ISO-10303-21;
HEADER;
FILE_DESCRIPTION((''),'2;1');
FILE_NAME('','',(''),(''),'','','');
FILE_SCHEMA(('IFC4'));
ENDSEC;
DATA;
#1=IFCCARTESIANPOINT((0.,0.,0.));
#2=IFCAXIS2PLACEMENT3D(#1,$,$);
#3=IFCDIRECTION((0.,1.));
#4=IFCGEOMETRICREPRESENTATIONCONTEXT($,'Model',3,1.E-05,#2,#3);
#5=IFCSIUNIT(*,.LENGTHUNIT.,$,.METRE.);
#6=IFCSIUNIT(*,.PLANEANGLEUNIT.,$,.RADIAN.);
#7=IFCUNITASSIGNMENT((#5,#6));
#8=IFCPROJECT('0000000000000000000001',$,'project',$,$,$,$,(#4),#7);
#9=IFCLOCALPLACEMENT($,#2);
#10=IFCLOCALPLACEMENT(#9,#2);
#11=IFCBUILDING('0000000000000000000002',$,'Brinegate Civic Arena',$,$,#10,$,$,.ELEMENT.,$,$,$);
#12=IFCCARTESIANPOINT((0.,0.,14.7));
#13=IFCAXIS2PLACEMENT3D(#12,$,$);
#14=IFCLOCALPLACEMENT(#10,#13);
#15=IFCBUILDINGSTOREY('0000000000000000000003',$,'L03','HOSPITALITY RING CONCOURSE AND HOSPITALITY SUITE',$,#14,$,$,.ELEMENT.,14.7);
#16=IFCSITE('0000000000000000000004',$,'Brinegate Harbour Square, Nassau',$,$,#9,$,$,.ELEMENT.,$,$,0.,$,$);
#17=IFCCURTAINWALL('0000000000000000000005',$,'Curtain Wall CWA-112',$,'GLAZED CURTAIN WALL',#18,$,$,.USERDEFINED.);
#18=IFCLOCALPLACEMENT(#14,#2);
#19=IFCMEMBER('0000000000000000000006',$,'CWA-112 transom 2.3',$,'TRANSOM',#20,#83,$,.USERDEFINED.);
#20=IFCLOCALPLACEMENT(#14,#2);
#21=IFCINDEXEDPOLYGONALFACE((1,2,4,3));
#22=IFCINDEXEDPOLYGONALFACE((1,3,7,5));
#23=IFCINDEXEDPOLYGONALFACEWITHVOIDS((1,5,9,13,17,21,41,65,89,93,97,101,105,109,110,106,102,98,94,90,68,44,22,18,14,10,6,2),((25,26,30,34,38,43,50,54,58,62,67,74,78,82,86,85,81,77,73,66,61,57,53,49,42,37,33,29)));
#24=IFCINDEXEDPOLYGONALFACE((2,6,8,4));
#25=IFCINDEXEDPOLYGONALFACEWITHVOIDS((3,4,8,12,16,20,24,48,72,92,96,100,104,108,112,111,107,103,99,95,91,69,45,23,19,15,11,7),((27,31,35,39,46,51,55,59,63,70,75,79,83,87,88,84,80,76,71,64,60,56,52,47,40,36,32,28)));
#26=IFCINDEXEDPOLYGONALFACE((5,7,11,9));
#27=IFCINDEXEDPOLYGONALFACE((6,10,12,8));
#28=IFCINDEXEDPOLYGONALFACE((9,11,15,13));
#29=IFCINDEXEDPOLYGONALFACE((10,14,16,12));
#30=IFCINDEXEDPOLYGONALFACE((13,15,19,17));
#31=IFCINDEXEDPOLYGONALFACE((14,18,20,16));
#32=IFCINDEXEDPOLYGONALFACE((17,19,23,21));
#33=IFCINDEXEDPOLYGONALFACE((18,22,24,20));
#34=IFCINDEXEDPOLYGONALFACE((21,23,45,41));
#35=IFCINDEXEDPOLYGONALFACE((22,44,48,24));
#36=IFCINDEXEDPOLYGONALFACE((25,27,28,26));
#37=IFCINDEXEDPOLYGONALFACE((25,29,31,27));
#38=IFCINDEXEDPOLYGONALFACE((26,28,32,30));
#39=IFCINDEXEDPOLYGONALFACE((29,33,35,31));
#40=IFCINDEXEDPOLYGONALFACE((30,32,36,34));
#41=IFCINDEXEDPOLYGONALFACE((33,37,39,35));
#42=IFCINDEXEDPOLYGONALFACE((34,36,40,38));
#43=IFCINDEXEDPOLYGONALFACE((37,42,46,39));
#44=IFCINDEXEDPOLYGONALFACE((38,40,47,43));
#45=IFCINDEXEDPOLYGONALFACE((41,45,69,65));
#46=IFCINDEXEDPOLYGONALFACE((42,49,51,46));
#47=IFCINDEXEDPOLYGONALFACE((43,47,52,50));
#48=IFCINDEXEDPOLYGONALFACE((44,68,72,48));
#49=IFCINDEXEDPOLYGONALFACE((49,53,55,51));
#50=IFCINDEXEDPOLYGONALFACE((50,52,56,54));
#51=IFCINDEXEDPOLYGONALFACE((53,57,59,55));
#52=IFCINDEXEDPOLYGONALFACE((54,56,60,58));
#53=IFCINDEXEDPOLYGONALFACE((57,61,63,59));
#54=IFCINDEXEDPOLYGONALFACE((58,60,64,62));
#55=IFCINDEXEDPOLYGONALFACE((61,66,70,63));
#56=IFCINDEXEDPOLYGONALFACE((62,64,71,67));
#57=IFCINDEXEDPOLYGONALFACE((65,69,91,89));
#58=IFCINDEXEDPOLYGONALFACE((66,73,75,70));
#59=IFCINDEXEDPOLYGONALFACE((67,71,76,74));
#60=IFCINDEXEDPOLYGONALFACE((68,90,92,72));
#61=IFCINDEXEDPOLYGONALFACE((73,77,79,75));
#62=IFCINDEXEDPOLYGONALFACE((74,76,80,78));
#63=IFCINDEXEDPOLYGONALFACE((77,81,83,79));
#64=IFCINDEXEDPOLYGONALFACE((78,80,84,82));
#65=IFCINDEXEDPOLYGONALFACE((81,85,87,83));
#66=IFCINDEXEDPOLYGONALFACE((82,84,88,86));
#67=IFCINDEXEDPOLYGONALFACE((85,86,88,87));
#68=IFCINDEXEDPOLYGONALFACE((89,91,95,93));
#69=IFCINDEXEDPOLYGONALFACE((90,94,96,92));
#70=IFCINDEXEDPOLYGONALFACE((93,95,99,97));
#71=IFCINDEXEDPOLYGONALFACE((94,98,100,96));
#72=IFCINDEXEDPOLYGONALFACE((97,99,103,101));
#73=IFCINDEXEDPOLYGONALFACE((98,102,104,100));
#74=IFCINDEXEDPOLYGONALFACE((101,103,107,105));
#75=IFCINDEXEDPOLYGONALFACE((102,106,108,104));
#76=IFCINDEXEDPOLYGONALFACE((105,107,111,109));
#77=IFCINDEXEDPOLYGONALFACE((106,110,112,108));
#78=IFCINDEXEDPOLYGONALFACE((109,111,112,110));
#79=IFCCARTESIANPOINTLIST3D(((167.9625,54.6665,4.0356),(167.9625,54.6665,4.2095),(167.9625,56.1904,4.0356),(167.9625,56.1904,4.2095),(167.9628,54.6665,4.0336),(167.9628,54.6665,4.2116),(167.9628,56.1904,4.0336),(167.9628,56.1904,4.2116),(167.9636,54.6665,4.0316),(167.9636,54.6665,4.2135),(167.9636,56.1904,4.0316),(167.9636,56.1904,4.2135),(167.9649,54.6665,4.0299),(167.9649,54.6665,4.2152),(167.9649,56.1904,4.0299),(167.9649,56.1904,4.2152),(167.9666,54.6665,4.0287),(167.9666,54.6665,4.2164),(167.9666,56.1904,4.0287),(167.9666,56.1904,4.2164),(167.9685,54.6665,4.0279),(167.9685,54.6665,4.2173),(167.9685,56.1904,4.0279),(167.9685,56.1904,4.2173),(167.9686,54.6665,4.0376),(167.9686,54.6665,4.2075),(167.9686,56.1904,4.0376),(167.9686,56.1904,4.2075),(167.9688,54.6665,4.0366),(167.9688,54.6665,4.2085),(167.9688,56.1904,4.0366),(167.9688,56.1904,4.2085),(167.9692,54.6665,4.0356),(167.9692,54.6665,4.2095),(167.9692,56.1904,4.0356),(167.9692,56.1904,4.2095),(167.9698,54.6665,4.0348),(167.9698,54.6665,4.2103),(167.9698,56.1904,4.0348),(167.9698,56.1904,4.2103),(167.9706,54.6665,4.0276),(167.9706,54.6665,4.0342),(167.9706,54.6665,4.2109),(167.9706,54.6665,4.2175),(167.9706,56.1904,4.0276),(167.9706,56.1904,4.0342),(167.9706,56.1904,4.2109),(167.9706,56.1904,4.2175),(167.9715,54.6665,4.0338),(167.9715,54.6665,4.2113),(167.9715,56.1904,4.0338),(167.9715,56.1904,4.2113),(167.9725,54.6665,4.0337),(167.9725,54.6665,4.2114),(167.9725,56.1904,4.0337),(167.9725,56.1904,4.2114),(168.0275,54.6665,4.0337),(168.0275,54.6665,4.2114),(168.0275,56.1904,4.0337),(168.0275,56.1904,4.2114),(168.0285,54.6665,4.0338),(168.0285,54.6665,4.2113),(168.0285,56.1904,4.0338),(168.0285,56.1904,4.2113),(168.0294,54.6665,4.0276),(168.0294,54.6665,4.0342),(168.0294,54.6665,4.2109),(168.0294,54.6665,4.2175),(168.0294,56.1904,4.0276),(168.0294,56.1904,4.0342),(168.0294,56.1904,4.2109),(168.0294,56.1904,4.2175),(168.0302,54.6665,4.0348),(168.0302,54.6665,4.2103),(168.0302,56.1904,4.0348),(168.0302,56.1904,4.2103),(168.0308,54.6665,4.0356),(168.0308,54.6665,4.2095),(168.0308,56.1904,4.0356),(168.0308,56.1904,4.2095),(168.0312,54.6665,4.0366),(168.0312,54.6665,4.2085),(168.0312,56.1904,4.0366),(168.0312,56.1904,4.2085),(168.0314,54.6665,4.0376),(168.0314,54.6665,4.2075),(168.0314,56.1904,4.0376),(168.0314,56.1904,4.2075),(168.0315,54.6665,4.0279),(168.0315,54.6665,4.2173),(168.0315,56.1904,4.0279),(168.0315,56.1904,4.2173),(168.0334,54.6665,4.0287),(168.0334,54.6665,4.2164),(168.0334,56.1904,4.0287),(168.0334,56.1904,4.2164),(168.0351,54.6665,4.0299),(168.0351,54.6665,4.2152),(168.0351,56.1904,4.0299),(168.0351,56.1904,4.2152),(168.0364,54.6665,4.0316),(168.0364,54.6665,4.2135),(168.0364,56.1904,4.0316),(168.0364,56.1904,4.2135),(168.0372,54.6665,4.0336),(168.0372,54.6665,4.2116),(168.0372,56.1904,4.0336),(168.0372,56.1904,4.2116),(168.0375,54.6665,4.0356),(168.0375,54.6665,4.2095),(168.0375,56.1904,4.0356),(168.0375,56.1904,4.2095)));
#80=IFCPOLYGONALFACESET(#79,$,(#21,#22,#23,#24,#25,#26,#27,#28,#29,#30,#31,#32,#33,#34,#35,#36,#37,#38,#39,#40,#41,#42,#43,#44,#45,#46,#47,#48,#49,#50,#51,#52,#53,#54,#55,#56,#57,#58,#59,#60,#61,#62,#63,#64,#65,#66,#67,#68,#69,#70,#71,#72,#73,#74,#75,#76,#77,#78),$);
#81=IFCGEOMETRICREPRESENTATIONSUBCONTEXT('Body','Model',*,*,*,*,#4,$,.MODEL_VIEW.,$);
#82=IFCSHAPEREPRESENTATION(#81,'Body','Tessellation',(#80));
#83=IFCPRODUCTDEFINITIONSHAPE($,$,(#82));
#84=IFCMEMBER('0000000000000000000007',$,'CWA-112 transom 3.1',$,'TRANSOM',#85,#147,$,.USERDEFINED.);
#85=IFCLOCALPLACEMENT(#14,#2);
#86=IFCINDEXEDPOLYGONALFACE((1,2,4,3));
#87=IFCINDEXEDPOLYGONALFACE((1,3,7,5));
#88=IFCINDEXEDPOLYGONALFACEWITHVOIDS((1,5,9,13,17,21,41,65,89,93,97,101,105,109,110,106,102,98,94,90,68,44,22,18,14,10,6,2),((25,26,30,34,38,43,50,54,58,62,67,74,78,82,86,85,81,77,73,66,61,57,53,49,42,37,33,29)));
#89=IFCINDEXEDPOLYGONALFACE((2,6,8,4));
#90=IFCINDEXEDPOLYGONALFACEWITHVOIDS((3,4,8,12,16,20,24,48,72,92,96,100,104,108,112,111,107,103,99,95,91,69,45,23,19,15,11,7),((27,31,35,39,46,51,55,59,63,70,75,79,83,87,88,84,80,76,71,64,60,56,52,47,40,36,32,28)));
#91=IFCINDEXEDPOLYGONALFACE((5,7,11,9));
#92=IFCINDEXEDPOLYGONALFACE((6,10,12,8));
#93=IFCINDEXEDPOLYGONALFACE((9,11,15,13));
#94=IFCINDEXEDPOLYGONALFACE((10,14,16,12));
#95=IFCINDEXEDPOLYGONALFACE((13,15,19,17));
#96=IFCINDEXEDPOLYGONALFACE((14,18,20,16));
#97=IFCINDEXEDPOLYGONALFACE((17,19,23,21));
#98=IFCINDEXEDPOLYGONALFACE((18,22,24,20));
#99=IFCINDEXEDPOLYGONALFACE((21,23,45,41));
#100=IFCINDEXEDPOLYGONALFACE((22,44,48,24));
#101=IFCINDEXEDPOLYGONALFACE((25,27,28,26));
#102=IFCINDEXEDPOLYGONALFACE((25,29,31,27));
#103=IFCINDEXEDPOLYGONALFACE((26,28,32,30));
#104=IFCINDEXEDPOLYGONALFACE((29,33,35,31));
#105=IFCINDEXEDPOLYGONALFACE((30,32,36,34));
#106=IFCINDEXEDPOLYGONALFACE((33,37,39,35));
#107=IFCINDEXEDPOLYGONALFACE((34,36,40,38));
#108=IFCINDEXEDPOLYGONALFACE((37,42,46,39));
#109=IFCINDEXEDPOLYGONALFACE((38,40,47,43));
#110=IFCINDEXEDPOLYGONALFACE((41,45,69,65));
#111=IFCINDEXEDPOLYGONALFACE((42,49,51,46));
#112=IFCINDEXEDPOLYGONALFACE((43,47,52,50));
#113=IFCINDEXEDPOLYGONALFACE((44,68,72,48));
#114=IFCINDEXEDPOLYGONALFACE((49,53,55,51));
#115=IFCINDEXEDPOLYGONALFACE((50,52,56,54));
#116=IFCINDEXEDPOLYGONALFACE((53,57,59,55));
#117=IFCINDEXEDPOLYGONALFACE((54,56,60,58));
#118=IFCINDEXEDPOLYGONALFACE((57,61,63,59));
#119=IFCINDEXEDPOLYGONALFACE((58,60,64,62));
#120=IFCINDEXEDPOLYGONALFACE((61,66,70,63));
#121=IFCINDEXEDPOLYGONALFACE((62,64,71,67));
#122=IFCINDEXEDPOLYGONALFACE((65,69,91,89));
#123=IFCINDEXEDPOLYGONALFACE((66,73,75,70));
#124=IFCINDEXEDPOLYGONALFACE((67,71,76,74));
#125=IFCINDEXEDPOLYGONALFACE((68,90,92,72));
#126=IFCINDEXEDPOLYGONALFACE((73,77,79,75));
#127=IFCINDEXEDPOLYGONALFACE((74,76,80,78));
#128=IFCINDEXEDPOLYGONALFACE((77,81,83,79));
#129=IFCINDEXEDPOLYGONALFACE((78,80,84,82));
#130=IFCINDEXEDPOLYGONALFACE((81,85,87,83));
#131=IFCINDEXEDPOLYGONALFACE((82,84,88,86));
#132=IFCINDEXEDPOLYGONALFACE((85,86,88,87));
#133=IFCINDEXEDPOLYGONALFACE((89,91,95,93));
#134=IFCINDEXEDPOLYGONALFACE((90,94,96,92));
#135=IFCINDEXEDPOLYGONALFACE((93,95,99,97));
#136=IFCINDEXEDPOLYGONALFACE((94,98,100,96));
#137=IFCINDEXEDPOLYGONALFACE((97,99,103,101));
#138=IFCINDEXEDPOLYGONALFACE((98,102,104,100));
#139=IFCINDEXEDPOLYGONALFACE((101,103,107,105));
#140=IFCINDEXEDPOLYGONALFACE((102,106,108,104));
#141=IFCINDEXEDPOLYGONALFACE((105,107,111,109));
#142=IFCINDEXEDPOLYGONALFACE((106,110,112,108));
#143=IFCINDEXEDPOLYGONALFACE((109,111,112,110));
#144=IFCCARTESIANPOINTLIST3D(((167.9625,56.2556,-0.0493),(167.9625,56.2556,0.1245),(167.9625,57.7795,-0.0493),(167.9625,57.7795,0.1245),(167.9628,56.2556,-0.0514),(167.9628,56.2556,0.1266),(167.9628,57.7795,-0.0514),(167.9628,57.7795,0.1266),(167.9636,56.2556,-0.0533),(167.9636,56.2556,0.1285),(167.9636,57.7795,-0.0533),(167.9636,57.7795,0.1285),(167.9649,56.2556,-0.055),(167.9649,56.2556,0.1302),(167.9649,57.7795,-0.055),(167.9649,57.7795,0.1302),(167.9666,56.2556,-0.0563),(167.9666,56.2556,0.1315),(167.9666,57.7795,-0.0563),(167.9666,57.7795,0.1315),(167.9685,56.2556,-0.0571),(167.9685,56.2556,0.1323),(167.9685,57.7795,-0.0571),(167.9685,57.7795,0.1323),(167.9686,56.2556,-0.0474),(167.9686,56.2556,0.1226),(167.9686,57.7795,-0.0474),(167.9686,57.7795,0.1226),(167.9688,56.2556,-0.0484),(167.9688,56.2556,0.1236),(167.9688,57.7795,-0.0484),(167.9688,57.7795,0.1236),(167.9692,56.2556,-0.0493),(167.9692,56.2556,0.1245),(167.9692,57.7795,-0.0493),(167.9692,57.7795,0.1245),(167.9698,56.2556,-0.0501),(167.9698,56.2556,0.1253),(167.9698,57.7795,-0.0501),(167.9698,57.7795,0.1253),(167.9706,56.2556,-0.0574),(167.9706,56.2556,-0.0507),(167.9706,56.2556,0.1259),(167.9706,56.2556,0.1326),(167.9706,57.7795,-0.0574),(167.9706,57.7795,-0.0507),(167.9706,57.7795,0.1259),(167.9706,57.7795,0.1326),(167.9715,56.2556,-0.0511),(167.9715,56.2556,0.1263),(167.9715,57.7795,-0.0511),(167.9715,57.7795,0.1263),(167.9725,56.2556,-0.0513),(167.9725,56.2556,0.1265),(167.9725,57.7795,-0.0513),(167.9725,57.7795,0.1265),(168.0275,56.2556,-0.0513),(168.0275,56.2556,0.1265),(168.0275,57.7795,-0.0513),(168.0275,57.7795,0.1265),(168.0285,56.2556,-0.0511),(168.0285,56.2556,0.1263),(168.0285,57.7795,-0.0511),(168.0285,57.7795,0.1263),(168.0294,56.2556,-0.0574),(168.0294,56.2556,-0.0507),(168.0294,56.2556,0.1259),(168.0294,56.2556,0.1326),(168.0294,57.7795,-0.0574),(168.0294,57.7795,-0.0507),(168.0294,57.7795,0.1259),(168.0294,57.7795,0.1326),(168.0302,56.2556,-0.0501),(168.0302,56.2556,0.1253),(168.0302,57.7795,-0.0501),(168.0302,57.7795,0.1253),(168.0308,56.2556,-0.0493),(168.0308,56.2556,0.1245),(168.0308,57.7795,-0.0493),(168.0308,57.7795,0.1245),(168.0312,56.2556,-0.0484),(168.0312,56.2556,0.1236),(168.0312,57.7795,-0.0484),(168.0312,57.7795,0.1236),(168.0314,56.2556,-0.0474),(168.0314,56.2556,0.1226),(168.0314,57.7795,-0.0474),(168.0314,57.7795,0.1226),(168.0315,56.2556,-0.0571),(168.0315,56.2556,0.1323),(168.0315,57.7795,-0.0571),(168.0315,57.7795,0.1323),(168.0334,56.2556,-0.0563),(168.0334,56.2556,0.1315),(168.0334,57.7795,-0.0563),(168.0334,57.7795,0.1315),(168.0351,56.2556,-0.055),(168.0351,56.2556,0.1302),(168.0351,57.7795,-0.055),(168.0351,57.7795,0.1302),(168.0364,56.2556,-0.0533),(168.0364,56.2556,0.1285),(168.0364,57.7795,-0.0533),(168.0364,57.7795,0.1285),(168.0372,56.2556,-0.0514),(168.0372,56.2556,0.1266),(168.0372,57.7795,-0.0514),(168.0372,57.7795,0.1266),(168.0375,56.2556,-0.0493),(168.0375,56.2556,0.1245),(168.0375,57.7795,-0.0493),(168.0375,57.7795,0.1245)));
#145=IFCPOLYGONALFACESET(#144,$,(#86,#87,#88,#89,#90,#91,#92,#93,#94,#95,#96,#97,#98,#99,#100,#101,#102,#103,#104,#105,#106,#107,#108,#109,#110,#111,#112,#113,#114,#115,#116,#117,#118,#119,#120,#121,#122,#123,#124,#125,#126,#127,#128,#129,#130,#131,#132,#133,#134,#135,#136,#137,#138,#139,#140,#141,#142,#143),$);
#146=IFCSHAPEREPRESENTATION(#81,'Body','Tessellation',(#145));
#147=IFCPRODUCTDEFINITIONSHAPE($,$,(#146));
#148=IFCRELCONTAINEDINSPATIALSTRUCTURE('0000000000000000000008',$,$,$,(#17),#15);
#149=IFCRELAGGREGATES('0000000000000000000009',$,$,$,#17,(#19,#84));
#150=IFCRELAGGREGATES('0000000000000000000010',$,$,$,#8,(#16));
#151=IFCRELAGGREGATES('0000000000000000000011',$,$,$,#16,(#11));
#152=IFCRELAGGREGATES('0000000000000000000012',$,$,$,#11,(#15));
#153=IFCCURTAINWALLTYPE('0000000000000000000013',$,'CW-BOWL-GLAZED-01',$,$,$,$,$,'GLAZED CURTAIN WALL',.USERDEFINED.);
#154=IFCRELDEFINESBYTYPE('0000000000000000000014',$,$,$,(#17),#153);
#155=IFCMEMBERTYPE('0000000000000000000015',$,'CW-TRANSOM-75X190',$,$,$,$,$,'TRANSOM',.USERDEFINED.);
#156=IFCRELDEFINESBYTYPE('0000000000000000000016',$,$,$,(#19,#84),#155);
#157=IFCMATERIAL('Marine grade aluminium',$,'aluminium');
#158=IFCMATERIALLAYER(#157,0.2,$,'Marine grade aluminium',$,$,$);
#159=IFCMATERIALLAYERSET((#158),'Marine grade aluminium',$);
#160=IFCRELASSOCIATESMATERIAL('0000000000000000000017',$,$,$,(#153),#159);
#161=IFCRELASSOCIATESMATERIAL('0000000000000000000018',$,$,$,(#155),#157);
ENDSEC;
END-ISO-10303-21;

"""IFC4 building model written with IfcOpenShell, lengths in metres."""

from ifc_helpers import new_model, si_unit, direction, frame, origin, origin_2d, place, context, subcontext, project, spatial, hollow_rectangle, extrude, material, layer, layer_set, material_profile, profile_set, type_object, element, aggregate, save


model = new_model("IFC4")

# Units and contexts
model_context = context("Model", 3, precision=1e-05, world=origin(), true_north=direction((0.0, 1.0)))
body_context = subcontext(model_context, "Body", "Model", "MODEL_VIEW")
ifc_project = project(units=[si_unit("LENGTHUNIT", "METRE"), si_unit("PLANEANGLEUNIT", "RADIAN")], contexts=[model_context])

# Site, building, storey
site_placement = place(None, origin())
site = spatial("IfcSite", under=ifc_project, at=site_placement, Name="Brinegate Harbour Square, Nassau", CompositionType="ELEMENT", RefElevation=0.0)
building_placement = place(site_placement, origin())
building = spatial("IfcBuilding", under=site, at=building_placement, Name="Brinegate Civic Arena", CompositionType="ELEMENT")
storey_placement = place(building_placement, frame((0.0, 0.0, 14.7)))
storey = spatial("IfcBuildingStorey", under=building, at=storey_placement, Name="L03", Description="HOSPITALITY RING CONCOURSE AND HOSPITALITY SUITE", CompositionType="ELEMENT", Elevation=14.7)

# Curtain wall
ifc_material_1 = material(Name="Marine grade aluminium", Category="aluminium")
ifc_layer_1 = layer(ifc_material_1, 0.2, Name="Marine grade aluminium")
ifc_layer_set_1 = layer_set([ifc_layer_1], Name="Marine grade aluminium")
curtain_wall_type = type_object("IfcCurtainWallType", Name="CW-BOWL-GLAZED-01", ElementType="GLAZED CURTAIN WALL", PredefinedType="USERDEFINED", material=ifc_layer_set_1)
curtain_wall_1_placement = place(storey_placement, origin())
curtain_wall_1 = element("IfcCurtainWall", 1, at=curtain_wall_1_placement, inside=storey, type_object=curtain_wall_type, Name="Curtain Wall CWA-112", ObjectType="GLAZED CURTAIN WALL", PredefinedType="USERDEFINED")

# Members
ifc_material_profile_1 = material_profile(ifc_material_1, hollow_rectangle(XDim=0.075, YDim=0.1899, WallThickness=0.0061, InnerFilletRadius=0.0039, OuterFilletRadius=0.0081, at=origin_2d()), Name="TRN75X190")
ifc_profile_set_1 = profile_set([ifc_material_profile_1], Name="Marine grade aluminium")
member_type_1 = type_object("IfcMemberType", Name="CW-TRANSOM-75X190", ElementType="TRANSOM", PredefinedType="USERDEFINED", material=ifc_profile_set_1)
member_1_placement = place(storey_placement, frame((168.0, 54.6665, 4.1226), z_axis=(0.0, 1.0, 0.0), x_axis=(-1.0, 0.0, 0.0)))
member_1 = element("IfcMember", 2, at=member_1_placement, type_object=member_type_1, Name="CWA-112 transom 2.3", ObjectType="TRANSOM", PredefinedType="USERDEFINED", context=body_context, shape_type="SweptSolid", body=[
    extrude(hollow_rectangle(XDim=0.075, YDim=0.1899, WallThickness=0.0061, InnerFilletRadius=0.0039, OuterFilletRadius=0.0081, at=origin_2d()), origin(), (0.0, 0.0, 1.0), 1.5239),
])
member_2_placement = place(storey_placement, frame((168.0, 56.2556, 0.0376), z_axis=(0.0, 1.0, 0.0), x_axis=(-1.0, 0.0, 0.0)))
member_2 = element("IfcMember", 3, at=member_2_placement, type_object=member_type_1, Name="CWA-112 transom 3.1", ObjectType="TRANSOM", PredefinedType="USERDEFINED", context=body_context, shape_type="SweptSolid", body=[
    extrude(hollow_rectangle(XDim=0.075, YDim=0.1899, WallThickness=0.0061, InnerFilletRadius=0.0039, OuterFilletRadius=0.0081, at=origin_2d()), origin(), (0.0, 0.0, 1.0), 1.5239),
])

aggregate(curtain_wall_1, [member_1, member_2])

save(model, "model.ifc")
